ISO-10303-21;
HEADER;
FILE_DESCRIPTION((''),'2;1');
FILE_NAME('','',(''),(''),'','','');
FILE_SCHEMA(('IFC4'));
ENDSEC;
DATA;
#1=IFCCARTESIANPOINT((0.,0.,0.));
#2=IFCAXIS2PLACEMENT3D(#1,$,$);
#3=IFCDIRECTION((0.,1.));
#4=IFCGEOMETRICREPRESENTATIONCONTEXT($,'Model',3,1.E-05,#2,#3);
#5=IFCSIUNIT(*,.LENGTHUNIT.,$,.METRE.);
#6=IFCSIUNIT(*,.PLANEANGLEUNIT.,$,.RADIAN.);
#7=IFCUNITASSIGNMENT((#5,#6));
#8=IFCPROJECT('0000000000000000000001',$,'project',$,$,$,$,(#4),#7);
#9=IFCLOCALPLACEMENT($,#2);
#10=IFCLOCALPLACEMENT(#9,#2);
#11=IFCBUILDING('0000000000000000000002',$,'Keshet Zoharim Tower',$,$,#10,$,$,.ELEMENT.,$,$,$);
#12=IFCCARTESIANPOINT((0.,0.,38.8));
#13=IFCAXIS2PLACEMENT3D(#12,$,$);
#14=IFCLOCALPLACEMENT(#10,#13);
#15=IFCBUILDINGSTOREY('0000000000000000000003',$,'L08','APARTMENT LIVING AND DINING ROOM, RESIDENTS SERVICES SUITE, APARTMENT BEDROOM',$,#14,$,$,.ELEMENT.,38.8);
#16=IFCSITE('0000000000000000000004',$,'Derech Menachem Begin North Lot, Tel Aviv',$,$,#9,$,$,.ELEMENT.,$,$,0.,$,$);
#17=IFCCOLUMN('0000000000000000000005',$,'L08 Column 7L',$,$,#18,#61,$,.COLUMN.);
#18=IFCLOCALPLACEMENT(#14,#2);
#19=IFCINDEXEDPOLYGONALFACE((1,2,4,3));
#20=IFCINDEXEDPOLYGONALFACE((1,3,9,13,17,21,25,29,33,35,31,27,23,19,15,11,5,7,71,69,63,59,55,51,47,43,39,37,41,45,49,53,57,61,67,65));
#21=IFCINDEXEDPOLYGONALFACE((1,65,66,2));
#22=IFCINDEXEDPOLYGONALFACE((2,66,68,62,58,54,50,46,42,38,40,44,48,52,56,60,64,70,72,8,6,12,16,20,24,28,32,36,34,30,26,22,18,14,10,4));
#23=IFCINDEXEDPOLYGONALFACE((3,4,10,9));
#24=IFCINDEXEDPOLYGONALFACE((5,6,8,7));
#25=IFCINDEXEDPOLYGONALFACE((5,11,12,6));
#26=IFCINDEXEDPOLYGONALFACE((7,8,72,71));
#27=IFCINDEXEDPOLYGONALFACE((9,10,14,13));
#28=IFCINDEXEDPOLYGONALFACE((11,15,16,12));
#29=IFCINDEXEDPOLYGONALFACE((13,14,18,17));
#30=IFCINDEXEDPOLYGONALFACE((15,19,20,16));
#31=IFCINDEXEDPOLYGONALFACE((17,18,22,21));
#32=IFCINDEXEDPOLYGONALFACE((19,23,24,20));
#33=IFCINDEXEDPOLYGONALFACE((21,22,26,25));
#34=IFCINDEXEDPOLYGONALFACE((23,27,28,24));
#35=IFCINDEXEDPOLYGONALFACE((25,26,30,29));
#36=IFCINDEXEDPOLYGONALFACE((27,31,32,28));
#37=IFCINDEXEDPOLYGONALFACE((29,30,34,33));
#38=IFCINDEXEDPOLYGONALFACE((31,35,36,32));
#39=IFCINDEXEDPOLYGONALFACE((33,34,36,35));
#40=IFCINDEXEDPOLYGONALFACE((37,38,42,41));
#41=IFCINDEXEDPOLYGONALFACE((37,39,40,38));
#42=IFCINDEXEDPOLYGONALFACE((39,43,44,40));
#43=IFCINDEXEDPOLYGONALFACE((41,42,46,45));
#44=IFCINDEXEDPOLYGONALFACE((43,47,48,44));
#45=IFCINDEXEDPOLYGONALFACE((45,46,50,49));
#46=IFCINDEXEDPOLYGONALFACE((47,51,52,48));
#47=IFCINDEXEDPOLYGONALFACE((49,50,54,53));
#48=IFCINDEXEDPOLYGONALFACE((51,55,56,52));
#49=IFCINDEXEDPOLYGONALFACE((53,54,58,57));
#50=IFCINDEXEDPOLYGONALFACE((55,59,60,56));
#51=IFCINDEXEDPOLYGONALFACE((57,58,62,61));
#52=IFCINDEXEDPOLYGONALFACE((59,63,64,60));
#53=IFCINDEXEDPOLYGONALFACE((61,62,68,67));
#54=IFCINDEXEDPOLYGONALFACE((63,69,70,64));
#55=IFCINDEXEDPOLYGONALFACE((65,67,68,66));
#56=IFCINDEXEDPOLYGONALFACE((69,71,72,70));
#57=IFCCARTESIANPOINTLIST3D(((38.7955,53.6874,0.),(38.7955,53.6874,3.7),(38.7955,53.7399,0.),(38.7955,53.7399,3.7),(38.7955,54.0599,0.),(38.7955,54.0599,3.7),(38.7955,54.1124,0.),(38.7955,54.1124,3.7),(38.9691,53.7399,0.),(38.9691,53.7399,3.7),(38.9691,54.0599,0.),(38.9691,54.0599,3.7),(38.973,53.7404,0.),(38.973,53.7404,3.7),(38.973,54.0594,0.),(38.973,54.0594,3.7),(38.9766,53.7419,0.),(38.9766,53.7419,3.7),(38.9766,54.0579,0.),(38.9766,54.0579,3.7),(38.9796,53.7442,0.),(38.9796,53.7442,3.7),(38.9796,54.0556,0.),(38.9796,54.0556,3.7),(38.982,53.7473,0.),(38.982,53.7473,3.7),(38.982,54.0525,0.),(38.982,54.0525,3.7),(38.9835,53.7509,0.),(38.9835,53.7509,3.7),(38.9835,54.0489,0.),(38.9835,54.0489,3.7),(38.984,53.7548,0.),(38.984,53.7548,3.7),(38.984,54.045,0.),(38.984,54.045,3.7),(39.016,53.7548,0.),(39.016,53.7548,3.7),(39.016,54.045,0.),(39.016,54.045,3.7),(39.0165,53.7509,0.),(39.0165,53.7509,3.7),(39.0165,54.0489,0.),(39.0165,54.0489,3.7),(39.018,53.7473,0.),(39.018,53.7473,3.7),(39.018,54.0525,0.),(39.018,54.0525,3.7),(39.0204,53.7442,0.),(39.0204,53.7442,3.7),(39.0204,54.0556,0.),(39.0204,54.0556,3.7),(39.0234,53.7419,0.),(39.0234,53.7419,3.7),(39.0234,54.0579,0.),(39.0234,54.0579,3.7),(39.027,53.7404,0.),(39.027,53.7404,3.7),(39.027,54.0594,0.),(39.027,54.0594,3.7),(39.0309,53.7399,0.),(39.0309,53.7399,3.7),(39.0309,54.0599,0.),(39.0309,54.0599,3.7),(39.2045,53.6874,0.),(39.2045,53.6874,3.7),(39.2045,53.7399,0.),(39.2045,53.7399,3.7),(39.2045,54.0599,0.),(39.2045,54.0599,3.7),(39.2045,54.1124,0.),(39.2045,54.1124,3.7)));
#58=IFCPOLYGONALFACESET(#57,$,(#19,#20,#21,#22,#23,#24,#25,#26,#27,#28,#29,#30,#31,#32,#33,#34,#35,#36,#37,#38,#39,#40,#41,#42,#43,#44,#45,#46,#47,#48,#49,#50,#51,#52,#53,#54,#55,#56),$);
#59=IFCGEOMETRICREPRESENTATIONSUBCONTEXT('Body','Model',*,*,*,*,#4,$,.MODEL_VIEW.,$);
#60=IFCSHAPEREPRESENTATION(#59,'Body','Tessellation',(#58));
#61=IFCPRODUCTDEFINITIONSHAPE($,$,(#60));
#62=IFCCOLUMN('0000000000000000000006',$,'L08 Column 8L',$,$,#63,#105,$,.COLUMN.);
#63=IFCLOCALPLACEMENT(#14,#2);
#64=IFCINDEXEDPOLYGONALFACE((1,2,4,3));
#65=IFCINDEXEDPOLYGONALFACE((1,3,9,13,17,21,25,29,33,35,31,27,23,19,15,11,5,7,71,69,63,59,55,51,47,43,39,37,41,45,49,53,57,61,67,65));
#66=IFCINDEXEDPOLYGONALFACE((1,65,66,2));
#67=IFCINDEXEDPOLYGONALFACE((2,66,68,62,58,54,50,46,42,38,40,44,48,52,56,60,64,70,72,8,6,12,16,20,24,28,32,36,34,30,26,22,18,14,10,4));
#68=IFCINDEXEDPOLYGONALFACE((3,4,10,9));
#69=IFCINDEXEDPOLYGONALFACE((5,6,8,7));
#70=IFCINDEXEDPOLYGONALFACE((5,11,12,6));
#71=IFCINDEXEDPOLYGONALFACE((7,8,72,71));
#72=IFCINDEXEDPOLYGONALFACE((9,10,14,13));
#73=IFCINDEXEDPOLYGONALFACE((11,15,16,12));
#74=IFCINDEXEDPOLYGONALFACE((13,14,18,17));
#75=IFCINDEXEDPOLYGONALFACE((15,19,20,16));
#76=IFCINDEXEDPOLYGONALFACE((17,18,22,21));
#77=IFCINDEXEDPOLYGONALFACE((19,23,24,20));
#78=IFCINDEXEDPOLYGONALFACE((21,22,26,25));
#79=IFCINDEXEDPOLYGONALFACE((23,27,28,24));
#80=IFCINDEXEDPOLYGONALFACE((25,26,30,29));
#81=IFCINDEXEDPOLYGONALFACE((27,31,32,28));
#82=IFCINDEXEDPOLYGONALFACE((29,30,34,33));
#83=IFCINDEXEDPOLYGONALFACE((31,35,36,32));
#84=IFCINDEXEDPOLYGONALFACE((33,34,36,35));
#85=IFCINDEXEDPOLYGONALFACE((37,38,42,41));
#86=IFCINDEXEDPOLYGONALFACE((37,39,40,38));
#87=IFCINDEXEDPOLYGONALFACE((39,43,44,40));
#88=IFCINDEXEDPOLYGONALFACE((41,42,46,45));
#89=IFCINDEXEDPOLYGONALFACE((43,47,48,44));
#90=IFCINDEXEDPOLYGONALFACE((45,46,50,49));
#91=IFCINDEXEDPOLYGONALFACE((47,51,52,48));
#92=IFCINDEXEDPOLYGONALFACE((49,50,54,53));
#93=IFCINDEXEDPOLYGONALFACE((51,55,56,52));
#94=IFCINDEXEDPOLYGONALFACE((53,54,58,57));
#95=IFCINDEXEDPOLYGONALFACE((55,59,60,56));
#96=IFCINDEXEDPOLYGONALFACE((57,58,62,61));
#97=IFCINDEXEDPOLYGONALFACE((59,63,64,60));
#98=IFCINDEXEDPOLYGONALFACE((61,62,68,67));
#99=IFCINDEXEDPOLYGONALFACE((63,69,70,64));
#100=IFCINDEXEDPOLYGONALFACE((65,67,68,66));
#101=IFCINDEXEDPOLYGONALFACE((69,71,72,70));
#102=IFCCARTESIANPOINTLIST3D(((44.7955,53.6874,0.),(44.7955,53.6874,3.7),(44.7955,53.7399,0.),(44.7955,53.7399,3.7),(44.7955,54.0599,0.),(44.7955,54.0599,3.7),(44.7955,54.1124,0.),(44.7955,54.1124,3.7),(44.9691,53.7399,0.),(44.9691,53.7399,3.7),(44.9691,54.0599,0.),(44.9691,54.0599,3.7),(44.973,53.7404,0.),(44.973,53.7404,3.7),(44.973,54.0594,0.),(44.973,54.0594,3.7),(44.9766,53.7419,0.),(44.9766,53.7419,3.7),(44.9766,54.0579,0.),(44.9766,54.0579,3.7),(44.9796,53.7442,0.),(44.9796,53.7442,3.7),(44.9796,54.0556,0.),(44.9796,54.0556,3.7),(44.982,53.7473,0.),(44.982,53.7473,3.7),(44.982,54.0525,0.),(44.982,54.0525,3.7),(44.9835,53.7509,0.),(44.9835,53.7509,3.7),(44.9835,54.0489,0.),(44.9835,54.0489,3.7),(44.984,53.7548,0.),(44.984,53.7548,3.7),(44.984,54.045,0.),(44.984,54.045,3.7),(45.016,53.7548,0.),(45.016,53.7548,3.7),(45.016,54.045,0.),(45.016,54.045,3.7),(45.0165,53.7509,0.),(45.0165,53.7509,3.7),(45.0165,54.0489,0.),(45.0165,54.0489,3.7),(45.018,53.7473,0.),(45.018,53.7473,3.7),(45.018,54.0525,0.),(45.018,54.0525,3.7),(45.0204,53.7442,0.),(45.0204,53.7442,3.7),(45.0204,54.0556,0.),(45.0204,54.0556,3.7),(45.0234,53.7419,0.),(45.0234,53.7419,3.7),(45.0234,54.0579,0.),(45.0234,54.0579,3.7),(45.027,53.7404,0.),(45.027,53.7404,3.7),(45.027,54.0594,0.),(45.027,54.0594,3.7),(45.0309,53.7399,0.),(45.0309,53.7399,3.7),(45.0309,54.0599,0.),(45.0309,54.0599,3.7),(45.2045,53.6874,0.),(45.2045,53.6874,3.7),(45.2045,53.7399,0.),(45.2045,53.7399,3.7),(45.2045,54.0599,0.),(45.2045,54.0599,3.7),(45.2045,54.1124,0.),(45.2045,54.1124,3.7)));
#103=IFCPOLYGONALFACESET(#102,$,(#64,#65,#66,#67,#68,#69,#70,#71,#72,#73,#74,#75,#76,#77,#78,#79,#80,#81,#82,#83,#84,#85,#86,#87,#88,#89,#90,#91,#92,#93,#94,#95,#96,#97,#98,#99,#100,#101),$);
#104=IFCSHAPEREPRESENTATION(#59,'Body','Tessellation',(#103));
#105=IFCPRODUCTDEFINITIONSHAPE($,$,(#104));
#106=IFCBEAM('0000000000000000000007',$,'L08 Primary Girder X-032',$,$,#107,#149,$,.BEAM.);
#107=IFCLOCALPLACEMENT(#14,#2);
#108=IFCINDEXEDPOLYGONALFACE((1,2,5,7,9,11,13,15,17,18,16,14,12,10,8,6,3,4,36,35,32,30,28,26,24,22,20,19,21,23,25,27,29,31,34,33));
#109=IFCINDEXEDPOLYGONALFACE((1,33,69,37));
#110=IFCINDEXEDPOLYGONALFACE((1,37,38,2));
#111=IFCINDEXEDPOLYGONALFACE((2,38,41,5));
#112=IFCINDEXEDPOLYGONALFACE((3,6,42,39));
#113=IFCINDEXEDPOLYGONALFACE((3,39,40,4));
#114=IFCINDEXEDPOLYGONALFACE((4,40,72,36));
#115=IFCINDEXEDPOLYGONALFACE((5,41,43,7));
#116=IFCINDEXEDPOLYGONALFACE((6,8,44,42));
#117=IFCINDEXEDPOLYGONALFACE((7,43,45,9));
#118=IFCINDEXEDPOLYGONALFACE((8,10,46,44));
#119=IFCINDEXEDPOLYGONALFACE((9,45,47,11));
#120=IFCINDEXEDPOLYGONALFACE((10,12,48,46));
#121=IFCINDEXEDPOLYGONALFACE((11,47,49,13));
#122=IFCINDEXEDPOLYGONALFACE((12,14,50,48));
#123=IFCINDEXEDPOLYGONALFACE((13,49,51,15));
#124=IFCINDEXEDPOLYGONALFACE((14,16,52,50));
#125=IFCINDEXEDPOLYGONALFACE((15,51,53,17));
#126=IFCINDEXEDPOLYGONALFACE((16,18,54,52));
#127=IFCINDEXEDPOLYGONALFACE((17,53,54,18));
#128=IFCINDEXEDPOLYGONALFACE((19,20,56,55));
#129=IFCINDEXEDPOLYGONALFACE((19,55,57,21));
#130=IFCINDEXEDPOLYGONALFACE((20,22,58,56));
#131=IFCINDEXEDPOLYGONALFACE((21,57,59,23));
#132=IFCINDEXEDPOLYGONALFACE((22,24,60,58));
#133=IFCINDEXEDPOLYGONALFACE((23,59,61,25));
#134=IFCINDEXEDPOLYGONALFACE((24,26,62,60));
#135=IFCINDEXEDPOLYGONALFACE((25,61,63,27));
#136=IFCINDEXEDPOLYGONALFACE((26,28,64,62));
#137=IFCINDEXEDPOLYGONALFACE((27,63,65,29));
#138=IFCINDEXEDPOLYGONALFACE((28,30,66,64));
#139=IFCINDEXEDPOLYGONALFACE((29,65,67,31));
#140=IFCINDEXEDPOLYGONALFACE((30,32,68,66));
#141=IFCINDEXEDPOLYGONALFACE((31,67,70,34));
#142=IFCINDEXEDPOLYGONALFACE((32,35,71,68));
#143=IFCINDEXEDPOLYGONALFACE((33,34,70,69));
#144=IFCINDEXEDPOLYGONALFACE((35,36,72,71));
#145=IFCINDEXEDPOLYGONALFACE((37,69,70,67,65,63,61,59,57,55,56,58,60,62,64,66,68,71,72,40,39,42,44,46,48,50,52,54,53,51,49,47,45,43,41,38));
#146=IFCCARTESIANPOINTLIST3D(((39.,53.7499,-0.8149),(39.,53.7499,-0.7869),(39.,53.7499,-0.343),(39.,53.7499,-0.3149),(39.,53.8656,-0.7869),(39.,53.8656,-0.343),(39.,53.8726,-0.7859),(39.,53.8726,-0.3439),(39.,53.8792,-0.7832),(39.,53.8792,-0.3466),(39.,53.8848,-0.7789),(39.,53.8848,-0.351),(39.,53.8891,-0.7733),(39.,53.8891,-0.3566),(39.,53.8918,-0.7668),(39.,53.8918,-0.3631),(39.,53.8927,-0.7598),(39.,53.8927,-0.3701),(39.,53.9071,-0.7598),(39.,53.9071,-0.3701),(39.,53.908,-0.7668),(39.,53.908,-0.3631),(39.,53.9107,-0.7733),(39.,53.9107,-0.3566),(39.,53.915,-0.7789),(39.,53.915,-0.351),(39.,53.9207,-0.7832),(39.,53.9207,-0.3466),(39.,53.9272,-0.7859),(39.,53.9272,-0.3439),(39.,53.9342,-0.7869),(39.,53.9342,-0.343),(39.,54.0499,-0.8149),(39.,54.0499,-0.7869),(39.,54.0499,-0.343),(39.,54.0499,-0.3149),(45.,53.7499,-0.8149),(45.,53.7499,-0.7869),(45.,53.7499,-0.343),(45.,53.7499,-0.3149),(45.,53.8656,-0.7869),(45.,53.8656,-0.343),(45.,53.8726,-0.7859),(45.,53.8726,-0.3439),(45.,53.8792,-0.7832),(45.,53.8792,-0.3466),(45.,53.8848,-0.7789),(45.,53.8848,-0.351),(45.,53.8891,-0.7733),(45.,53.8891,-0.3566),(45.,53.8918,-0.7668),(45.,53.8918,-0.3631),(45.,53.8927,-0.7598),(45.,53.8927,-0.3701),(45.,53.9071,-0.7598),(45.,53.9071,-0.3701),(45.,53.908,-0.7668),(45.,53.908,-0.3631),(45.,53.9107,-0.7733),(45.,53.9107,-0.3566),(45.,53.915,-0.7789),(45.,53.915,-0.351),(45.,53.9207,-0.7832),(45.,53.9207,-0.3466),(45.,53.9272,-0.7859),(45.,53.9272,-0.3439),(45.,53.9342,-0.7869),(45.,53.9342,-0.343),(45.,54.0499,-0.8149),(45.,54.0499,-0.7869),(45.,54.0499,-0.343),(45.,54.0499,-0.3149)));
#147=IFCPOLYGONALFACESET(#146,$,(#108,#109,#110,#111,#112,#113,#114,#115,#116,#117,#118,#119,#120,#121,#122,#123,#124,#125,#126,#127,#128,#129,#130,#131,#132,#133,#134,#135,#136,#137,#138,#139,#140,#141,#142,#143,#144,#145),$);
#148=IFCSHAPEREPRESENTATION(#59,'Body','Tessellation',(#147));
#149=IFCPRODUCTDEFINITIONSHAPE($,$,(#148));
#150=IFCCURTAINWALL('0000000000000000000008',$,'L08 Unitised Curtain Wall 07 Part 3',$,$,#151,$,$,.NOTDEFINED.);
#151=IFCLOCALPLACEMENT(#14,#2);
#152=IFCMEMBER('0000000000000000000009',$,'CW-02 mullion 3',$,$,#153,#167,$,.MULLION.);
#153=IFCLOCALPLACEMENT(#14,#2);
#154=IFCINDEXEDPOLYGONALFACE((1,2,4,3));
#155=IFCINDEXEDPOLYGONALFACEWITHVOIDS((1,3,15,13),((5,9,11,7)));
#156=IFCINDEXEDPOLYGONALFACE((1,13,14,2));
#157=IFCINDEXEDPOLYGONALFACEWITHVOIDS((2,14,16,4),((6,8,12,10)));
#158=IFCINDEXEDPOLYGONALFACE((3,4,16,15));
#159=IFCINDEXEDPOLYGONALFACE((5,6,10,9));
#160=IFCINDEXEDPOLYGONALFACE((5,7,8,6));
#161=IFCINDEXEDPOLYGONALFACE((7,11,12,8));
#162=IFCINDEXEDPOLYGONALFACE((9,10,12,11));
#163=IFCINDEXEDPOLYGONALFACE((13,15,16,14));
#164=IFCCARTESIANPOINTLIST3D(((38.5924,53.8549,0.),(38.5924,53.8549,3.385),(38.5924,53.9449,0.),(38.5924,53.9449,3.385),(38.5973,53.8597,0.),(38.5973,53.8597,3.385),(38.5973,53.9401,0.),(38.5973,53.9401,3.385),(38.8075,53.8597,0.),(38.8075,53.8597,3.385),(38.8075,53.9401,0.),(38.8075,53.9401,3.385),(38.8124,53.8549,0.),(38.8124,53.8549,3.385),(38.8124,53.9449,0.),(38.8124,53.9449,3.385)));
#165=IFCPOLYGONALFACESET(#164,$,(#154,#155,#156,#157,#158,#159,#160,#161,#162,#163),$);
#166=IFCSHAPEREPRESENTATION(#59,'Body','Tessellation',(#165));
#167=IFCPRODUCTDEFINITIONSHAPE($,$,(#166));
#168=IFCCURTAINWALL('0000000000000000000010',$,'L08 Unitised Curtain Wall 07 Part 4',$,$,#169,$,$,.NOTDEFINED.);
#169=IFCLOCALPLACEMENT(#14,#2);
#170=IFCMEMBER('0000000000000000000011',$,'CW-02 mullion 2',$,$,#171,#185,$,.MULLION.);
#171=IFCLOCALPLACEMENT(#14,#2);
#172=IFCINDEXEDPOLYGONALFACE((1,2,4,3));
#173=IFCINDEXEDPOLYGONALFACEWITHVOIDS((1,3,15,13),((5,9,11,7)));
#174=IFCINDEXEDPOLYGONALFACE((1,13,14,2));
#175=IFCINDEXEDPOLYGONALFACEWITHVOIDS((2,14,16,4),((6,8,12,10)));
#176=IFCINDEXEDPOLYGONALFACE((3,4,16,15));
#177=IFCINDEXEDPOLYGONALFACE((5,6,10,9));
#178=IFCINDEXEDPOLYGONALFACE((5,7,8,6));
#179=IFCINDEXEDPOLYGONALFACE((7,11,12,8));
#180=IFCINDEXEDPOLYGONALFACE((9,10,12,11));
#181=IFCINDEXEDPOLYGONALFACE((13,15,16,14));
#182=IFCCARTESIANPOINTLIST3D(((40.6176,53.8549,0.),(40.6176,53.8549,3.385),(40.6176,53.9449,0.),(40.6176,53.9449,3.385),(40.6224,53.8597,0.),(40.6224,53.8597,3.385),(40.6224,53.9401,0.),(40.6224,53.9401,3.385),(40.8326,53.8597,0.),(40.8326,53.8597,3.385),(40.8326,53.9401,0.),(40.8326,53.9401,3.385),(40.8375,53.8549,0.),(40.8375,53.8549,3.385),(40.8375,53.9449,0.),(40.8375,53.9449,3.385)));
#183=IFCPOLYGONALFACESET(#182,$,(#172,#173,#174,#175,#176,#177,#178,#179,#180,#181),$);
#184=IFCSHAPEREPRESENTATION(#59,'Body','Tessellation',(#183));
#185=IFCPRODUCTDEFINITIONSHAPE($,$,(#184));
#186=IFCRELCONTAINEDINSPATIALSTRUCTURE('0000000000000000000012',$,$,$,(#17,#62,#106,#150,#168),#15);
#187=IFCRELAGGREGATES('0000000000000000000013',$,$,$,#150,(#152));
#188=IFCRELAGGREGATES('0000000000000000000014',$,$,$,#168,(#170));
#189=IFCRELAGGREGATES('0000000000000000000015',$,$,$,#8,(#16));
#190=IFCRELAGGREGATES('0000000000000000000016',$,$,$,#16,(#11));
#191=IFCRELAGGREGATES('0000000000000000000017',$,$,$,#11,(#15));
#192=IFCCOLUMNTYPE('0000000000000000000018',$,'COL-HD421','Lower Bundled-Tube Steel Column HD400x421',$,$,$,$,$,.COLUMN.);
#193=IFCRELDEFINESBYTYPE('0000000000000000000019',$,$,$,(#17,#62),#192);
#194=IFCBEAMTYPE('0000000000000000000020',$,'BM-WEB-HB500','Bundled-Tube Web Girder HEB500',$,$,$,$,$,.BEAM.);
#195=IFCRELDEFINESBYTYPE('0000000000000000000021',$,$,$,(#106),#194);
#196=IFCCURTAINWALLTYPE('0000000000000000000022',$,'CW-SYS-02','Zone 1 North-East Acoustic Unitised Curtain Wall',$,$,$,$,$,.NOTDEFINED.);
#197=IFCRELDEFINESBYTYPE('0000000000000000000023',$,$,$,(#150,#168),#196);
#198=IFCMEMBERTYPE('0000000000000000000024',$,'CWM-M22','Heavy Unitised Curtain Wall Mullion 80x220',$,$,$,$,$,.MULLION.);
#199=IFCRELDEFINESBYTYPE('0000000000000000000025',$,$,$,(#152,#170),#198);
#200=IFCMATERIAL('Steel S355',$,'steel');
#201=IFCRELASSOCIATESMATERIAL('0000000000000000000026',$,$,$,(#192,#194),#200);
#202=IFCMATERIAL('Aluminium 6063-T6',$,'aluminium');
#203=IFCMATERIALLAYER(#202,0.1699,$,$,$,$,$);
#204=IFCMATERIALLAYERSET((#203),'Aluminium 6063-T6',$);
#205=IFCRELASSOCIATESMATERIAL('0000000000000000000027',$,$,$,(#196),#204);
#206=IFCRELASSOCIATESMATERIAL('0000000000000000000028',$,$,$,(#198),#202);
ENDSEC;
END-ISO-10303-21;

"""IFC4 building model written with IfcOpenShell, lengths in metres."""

from ifc_helpers import new_model, si_unit, direction, frame, origin, origin_2d, place, context, subcontext, project, spatial, hollow_rectangle, i_section, extrude, material, layer, layer_set, material_profile, profile_set, type_object, element, aggregate, save


model = new_model("IFC4")

# Units and contexts
model_context = context("Model", 3, precision=1e-05, world=origin(), true_north=direction((0.0, 1.0)))
body_context = subcontext(model_context, "Body", "Model", "MODEL_VIEW")
ifc_project = project(units=[si_unit("LENGTHUNIT", "METRE"), si_unit("PLANEANGLEUNIT", "RADIAN")], contexts=[model_context])

# Site, building, storey
site_placement = place(None, origin())
site = spatial("IfcSite", under=ifc_project, at=site_placement, Name="Derech Menachem Begin North Lot, Tel Aviv", CompositionType="ELEMENT", RefElevation=0.0)
building_placement = place(site_placement, origin())
building = spatial("IfcBuilding", under=site, at=building_placement, Name="Keshet Zoharim Tower", CompositionType="ELEMENT")
storey_placement = place(building_placement, frame((0.0, 0.0, 38.8)))
storey = spatial("IfcBuildingStorey", under=building, at=storey_placement, Name="L08", Description="APARTMENT LIVING AND DINING ROOM, RESIDENTS SERVICES SUITE, APARTMENT BEDROOM", CompositionType="ELEMENT", Elevation=38.8)

# Columns
ifc_material_1 = material(Name="Steel S355", Category="steel")
ifc_material_profile_1 = material_profile(ifc_material_1, i_section(OverallWidth=0.4089, OverallDepth=0.425, WebThickness=0.032, FlangeThickness=0.0525, FilletRadius=0.0149, at=origin_2d()), Name="HD400x421")
ifc_profile_set_1 = profile_set([ifc_material_profile_1], Name="Steel S355")
column_type = type_object("IfcColumnType", Name="COL-HD421", Description="Lower Bundled-Tube Steel Column HD400x421", PredefinedType="COLUMN", material=ifc_profile_set_1)
for number, where, z_axis, x_axis, name in (
    (1, (39.0, 53.8999, 0.0), (0.0, 0.0, 1.0), (1.0, 0.0, 0.0), "L08 Column 7L"),
    (2, (45.0, 53.8999, 0.0), (0.0, 0.0, 1.0), (1.0, 0.0, 0.0), "L08 Column 8L"),
):
    element("IfcColumn", number, at=place(storey_placement, frame(where, z_axis=z_axis, x_axis=x_axis)), inside=storey, type_object=column_type, Name=name, PredefinedType="COLUMN", context=body_context, shape_type="SweptSolid", body=[
        extrude(i_section(OverallWidth=0.4089, OverallDepth=0.425, WebThickness=0.032, FlangeThickness=0.0525, FilletRadius=0.0149, at=origin_2d()), origin(), (0.0, 0.0, 1.0), 3.7),
    ])

# Beam
ifc_material_profile_2 = material_profile(ifc_material_1, i_section(OverallWidth=0.3, OverallDepth=0.5, WebThickness=0.0144, FlangeThickness=0.0281, FilletRadius=0.0271, at=origin_2d()), Name="HEB500")
ifc_profile_set_2 = profile_set([ifc_material_profile_2], Name="Steel S355")
beam_type = type_object("IfcBeamType", Name="BM-WEB-HB500", Description="Bundled-Tube Web Girder HEB500", PredefinedType="BEAM", material=ifc_profile_set_2)
beam_placement = place(storey_placement, frame((39.0, 53.8999, -0.5649), z_axis=(1.0, 0.0, 0.0), x_axis=(0.0, 1.0, 0.0)))
element("IfcBeam", 3, at=beam_placement, inside=storey, type_object=beam_type, Name="L08 Primary Girder X-032", PredefinedType="BEAM", context=body_context, shape_type="SweptSolid", body=[
    extrude(i_section(OverallWidth=0.3, OverallDepth=0.5, WebThickness=0.0144, FlangeThickness=0.0281, FilletRadius=0.0271, at=origin_2d()), origin(), (0.0, 0.0, 1.0), 6.0),
])

# Curtain wall, member
ifc_material_2 = material(Name="Aluminium 6063-T6", Category="aluminium")
ifc_layer_1 = layer(ifc_material_2, 0.1699)
ifc_layer_set_1 = layer_set([ifc_layer_1], Name="Aluminium 6063-T6")
curtain_wall_type = type_object("IfcCurtainWallType", Name="CW-SYS-02", Description="Zone 1 North-East Acoustic Unitised Curtain Wall", PredefinedType="NOTDEFINED", material=ifc_layer_set_1)
curtain_wall_1_placement = place(storey_placement, origin())
curtain_wall_1 = element("IfcCurtainWall", 4, at=curtain_wall_1_placement, inside=storey, type_object=curtain_wall_type, Name="L08 Unitised Curtain Wall 07 Part 3", PredefinedType="NOTDEFINED")
ifc_material_profile_3 = material_profile(ifc_material_2, hollow_rectangle(XDim=0.0901, YDim=0.22, WallThickness=0.0049, at=origin_2d()), Name="MUL-90x220")
ifc_profile_set_3 = profile_set([ifc_material_profile_3], Name="Aluminium 6063-T6")
member_type_1 = type_object("IfcMemberType", Name="CWM-M22", Description="Heavy Unitised Curtain Wall Mullion 80x220", PredefinedType="MULLION", material=ifc_profile_set_3)
member_1_placement = place(storey_placement, frame((38.7024, 53.8999, 0.0), z_axis=(0.0, 0.0, 1.0), x_axis=(0.0, 1.0, 0.0)))
member_1 = element("IfcMember", 5, at=member_1_placement, type_object=member_type_1, Name="CW-02 mullion 3", PredefinedType="MULLION", context=body_context, shape_type="SweptSolid", body=[
    extrude(hollow_rectangle(XDim=0.0901, YDim=0.22, WallThickness=0.0049, at=origin_2d()), origin(), (0.0, 0.0, 1.0), 3.385),
])

# Curtain wall, member
curtain_wall_2_placement = place(storey_placement, origin())
curtain_wall_2 = element("IfcCurtainWall", 6, at=curtain_wall_2_placement, inside=storey, type_object=curtain_wall_type, Name="L08 Unitised Curtain Wall 07 Part 4", PredefinedType="NOTDEFINED")
member_2_placement = place(storey_placement, frame((40.7275, 53.8999, 0.0), z_axis=(0.0, 0.0, 1.0), x_axis=(0.0, 1.0, 0.0)))
member_2 = element("IfcMember", 7, at=member_2_placement, type_object=member_type_1, Name="CW-02 mullion 2", PredefinedType="MULLION", context=body_context, shape_type="SweptSolid", body=[
    extrude(hollow_rectangle(XDim=0.0901, YDim=0.22, WallThickness=0.0049, at=origin_2d()), origin(), (0.0, 0.0, 1.0), 3.385),
])

aggregate(curtain_wall_1, [member_1])
aggregate(curtain_wall_2, [member_2])

save(model, "model.ifc")
